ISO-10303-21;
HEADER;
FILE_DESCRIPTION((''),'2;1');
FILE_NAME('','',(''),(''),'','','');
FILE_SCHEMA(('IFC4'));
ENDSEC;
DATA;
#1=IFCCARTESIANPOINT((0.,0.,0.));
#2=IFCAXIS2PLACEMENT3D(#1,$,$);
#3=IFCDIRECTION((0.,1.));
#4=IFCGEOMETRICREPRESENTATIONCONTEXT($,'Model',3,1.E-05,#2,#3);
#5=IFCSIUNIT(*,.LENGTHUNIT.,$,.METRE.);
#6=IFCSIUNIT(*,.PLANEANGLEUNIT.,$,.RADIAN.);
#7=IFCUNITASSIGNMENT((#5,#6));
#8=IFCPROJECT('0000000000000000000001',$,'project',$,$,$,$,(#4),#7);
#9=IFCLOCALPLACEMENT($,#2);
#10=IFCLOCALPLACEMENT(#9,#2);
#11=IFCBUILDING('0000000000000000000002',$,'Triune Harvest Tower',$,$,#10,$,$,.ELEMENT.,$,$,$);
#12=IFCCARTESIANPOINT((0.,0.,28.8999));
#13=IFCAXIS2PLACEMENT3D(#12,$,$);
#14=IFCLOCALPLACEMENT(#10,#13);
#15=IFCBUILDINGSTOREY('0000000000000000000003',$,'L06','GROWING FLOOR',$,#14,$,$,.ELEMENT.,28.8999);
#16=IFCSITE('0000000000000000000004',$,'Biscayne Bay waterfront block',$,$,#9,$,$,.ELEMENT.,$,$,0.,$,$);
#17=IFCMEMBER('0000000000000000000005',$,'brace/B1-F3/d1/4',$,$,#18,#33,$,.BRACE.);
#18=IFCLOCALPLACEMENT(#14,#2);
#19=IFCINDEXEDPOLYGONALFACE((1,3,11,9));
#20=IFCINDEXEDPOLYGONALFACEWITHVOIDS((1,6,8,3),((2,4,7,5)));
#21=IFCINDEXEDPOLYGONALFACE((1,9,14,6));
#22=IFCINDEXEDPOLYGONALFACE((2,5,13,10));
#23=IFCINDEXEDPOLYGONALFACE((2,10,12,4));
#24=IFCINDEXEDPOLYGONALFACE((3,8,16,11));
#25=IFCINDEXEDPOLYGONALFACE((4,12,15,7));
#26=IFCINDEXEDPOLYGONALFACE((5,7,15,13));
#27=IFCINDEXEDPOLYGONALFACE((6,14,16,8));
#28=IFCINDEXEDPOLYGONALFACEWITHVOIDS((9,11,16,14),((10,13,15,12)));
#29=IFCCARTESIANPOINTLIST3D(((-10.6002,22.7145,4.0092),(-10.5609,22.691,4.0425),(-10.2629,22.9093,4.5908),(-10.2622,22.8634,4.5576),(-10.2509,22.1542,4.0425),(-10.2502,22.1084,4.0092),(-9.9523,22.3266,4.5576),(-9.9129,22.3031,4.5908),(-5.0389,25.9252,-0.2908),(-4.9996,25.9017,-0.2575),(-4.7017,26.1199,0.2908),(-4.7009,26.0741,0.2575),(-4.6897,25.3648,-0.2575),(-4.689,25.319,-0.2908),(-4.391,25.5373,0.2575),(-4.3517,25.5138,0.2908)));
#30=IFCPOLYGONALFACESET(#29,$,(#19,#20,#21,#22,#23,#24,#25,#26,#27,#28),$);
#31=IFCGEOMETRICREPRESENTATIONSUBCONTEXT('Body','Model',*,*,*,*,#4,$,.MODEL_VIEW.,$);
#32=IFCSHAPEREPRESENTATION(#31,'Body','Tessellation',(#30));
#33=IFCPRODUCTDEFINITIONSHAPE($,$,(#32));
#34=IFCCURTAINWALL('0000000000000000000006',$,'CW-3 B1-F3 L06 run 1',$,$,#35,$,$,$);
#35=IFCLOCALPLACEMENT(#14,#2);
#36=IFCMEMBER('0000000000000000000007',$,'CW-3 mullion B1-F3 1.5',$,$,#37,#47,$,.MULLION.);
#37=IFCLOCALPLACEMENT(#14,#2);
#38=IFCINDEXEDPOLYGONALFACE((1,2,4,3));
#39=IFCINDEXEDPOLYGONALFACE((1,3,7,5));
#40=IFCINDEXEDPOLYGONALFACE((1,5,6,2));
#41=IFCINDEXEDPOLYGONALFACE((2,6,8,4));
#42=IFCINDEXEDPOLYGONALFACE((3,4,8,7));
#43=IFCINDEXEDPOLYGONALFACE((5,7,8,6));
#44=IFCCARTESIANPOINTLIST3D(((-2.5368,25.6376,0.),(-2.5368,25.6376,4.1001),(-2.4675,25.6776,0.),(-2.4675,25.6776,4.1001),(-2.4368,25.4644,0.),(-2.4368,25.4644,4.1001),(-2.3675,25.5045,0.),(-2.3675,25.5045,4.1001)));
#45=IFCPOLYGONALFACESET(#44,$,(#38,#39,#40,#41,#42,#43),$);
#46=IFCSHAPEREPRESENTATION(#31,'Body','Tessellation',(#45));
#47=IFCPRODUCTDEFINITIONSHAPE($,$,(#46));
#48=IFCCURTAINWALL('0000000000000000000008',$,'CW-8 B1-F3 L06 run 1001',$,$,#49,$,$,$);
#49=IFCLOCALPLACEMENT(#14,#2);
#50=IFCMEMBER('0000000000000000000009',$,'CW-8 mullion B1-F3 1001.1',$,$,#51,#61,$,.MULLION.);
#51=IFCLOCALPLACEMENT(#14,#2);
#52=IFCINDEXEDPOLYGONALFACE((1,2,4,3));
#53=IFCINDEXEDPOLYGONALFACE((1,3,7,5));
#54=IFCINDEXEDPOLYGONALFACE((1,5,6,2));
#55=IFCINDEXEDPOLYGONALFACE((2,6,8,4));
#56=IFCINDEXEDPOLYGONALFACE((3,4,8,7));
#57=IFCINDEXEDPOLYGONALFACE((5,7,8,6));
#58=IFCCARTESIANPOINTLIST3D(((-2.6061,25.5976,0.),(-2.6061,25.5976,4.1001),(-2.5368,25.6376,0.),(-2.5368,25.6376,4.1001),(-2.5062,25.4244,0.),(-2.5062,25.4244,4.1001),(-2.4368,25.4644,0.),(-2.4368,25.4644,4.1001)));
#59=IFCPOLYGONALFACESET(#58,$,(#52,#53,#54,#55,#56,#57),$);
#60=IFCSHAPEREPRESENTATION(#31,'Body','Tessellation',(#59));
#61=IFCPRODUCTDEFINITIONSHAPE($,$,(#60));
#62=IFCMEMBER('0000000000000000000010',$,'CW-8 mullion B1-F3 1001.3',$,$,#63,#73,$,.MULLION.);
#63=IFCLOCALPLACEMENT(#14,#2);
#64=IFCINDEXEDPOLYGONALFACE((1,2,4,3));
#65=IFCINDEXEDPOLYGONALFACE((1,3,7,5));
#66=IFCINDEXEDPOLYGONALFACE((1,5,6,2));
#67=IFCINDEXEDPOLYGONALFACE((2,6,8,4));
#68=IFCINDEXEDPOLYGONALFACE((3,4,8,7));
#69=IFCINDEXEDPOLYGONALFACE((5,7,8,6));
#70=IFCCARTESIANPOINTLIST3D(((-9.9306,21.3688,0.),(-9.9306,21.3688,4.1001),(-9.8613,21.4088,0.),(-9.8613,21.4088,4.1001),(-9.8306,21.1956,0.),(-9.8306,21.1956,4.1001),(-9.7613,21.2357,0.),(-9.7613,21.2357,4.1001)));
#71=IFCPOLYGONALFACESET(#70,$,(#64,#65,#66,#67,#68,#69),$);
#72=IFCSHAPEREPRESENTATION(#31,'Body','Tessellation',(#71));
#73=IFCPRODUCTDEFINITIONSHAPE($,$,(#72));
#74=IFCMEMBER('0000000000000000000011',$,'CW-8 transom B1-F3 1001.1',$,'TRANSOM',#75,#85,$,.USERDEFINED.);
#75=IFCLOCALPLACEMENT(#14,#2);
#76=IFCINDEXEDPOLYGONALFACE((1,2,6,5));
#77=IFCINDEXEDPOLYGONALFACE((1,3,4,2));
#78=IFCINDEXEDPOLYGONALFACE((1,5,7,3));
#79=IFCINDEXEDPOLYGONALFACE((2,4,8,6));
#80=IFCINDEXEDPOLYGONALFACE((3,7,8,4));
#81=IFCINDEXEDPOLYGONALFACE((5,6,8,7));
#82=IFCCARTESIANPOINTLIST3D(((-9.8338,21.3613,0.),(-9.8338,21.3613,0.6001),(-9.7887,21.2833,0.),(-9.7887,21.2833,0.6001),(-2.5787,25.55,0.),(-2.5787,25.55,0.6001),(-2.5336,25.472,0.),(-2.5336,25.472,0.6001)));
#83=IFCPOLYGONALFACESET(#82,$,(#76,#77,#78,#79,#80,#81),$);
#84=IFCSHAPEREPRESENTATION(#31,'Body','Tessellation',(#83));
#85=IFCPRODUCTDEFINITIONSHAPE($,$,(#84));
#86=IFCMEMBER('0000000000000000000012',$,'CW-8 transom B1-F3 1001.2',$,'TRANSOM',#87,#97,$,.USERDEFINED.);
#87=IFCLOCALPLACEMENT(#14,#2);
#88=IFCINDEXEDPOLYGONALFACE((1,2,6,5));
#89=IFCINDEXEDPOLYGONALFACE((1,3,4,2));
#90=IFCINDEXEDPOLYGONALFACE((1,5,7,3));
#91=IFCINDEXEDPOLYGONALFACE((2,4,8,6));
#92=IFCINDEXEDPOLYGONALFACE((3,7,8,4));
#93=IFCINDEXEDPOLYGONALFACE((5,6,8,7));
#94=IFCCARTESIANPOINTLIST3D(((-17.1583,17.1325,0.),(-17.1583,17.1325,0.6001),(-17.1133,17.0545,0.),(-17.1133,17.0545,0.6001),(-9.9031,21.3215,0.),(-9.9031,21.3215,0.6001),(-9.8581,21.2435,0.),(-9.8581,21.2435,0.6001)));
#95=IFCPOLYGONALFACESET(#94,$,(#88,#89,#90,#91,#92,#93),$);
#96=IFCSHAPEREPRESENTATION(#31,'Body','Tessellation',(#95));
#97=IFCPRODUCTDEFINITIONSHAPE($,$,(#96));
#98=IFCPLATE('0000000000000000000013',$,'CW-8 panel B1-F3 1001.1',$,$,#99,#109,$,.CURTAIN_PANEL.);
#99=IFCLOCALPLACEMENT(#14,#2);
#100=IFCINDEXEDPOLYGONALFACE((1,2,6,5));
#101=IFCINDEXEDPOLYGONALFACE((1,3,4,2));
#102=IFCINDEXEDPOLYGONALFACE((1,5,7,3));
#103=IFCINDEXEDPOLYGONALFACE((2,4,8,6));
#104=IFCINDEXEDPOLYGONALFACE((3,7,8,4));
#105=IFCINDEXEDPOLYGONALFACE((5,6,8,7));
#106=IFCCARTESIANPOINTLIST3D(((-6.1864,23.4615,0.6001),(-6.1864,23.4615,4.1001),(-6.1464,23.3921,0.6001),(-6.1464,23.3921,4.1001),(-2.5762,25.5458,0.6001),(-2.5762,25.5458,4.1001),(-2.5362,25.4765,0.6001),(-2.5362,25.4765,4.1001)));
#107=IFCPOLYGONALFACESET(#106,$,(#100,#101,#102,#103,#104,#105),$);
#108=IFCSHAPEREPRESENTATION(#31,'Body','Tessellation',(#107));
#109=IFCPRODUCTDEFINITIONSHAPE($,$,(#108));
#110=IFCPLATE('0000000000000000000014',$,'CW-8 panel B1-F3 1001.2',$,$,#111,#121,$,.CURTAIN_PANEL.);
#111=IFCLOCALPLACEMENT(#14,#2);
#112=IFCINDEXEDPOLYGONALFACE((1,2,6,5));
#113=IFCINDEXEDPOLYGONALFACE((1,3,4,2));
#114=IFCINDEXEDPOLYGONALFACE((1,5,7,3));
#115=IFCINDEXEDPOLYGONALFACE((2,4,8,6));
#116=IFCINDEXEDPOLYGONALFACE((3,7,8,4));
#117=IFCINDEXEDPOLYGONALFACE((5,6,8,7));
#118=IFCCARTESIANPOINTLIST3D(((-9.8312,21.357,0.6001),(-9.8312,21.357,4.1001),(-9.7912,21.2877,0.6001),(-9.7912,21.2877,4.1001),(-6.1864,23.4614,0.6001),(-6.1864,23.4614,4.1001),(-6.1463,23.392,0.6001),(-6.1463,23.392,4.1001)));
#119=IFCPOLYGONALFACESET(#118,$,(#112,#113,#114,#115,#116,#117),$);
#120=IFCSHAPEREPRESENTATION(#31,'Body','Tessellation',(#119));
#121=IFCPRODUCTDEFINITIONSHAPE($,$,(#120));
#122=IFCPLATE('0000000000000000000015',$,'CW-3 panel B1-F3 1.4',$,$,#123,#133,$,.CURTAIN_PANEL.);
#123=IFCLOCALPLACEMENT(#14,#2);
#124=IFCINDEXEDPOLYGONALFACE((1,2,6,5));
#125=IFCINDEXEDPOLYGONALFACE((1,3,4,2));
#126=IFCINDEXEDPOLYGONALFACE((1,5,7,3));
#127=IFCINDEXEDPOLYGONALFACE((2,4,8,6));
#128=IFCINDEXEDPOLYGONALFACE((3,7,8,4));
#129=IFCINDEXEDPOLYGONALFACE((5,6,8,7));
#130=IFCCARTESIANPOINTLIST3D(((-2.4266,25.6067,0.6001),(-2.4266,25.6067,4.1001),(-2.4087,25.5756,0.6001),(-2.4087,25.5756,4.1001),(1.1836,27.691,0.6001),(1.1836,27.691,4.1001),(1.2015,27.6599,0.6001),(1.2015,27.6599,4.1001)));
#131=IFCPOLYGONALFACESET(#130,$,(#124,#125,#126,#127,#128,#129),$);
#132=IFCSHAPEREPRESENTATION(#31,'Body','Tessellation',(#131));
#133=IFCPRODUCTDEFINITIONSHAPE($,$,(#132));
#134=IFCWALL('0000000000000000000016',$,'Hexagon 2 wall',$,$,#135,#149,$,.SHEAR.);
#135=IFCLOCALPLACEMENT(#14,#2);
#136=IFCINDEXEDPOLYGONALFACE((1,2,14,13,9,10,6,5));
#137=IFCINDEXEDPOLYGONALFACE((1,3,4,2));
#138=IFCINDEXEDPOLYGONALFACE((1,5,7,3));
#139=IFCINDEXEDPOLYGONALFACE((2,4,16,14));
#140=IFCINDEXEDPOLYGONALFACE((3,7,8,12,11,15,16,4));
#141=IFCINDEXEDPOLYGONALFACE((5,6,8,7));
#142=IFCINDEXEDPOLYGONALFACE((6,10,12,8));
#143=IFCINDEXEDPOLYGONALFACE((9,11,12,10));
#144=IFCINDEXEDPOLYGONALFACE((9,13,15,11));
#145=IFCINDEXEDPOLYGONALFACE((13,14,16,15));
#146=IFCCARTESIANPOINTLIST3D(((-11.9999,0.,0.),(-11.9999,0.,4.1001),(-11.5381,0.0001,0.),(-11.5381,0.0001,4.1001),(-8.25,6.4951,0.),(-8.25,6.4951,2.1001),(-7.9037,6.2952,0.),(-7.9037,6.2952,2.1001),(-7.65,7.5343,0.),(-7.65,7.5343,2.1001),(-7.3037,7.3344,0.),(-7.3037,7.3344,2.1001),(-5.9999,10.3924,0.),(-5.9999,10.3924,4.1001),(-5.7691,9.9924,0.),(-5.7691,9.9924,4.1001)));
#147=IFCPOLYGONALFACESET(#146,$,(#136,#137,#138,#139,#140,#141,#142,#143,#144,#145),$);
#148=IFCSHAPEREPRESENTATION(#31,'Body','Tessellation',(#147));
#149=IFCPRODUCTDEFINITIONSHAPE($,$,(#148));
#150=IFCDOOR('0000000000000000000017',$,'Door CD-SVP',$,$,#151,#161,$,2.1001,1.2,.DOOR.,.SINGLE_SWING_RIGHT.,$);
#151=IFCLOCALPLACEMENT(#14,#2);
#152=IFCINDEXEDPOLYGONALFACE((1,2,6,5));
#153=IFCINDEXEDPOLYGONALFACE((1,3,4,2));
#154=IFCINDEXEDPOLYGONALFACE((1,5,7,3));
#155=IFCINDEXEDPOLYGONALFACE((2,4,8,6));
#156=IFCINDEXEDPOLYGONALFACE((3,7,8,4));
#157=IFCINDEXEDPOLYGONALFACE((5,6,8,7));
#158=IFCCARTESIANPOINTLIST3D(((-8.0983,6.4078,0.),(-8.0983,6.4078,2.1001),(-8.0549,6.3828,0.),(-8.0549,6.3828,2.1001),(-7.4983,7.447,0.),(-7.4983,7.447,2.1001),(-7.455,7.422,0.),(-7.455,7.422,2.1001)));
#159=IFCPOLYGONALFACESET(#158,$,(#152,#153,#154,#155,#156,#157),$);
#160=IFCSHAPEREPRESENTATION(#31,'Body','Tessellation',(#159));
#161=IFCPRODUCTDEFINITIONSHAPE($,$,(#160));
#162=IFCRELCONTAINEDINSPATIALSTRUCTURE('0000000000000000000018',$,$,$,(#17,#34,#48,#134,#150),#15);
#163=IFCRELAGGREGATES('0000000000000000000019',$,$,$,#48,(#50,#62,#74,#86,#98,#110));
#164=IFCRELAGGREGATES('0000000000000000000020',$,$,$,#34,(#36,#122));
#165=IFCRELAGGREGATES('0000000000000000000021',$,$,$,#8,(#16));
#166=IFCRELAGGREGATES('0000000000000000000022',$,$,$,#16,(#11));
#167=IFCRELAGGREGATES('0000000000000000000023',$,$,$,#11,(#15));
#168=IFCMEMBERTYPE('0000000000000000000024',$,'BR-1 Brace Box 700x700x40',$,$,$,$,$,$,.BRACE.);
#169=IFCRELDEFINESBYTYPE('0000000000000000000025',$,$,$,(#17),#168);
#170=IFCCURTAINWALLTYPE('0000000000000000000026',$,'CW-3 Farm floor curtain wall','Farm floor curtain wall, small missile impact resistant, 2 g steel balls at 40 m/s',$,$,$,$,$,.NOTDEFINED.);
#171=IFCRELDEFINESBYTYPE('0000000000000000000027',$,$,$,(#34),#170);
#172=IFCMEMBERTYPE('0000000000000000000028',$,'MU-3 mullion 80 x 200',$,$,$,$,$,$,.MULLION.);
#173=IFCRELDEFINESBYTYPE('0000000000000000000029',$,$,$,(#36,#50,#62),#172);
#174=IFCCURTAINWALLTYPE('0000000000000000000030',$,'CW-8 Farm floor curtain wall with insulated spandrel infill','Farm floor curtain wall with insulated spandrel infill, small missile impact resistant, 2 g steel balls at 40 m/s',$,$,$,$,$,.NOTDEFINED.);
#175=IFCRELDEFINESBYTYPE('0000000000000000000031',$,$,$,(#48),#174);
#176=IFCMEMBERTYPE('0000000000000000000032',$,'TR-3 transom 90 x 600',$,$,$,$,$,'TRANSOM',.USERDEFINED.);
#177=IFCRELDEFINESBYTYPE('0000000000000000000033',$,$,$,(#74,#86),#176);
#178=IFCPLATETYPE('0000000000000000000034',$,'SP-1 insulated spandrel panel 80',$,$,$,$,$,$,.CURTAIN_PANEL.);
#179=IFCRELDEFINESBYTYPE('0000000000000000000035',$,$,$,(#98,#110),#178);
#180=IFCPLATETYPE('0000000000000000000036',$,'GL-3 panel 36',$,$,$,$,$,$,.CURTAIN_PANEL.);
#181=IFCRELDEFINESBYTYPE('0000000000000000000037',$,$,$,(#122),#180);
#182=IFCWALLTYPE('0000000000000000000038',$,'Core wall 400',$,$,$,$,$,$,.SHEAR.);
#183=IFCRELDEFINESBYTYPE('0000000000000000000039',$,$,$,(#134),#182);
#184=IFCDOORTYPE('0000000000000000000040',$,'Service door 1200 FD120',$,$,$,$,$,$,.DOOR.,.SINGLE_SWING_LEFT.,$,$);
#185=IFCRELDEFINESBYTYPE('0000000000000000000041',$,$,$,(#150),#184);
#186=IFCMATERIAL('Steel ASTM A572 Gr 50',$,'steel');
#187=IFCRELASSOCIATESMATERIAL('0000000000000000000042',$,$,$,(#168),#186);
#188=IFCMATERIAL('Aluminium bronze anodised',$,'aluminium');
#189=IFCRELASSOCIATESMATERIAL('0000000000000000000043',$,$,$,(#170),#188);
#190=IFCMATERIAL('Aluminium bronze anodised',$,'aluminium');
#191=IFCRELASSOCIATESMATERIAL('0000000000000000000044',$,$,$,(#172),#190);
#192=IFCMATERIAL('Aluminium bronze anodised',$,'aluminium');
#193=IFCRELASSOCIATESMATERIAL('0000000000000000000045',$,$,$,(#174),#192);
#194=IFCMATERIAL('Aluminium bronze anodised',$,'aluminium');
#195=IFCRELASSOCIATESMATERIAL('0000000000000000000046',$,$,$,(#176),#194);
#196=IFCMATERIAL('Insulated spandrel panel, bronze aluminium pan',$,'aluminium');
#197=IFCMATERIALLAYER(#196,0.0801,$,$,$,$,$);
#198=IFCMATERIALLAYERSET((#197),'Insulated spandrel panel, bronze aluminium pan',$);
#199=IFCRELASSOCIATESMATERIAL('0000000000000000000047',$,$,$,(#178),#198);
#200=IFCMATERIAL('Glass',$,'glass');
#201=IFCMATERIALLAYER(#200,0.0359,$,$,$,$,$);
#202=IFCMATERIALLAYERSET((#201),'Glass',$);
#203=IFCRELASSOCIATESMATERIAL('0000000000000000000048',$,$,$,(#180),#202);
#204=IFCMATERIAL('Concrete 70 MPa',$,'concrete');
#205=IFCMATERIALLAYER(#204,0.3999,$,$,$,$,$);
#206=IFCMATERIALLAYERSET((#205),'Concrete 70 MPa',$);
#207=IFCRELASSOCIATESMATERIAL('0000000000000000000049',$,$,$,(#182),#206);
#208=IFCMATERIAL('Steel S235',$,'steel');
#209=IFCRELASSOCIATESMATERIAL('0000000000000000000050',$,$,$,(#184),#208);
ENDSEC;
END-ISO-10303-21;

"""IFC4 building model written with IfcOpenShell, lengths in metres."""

from ifc_helpers import new_model, si_unit, direction, frame, frame_2d, origin, origin_2d, place, context, subcontext, project, spatial, polyline, rectangle, hollow_rectangle, outline, extrude, source, transform, mapped, material, layer, layer_set, material_profile, profile_set, type_object, element, fill, aggregate, save


model = new_model("IFC4")

# Units and contexts
model_context = context("Model", 3, precision=1e-05, world=origin(), true_north=direction((0.0, 1.0)))
body_context = subcontext(model_context, "Body", "Model", "MODEL_VIEW")
ifc_project = project(units=[si_unit("LENGTHUNIT", "METRE"), si_unit("PLANEANGLEUNIT", "RADIAN")], contexts=[model_context])

# Site, building, storey
site_placement = place(None, origin())
site = spatial("IfcSite", under=ifc_project, at=site_placement, Name="Biscayne Bay waterfront block", CompositionType="ELEMENT", RefElevation=0.0)
building_placement = place(site_placement, origin())
building = spatial("IfcBuilding", under=site, at=building_placement, Name="Triune Harvest Tower", CompositionType="ELEMENT")
storey_placement = place(building_placement, frame((0.0, 0.0, 28.8999)))
storey = spatial("IfcBuildingStorey", under=building, at=storey_placement, Name="L06", Description="GROWING FLOOR", CompositionType="ELEMENT", Elevation=28.8999)

# Member
ifc_material_1 = material(Name="Steel ASTM A572 Gr 50", Category="steel")
ifc_material_profile_1 = material_profile(ifc_material_1, hollow_rectangle(XDim=0.7, YDim=0.7, WallThickness=0.04, at=origin_2d()), Name="Box 700x700x40")
ifc_profile_set_1 = profile_set([ifc_material_profile_1], Name="Steel ASTM A572 Gr 50")
member_type_1 = type_object("IfcMemberType", Name="BR-1 Brace Box 700x700x40", PredefinedType="BRACE", material=ifc_profile_set_1)
shared_shape_1 = source(origin(), body_context, "Body", "SweptSolid", [
    extrude(hollow_rectangle(XDim=0.7, YDim=0.7, WallThickness=0.04, at=origin_2d()), origin(), (0.0, 0.0, 1.0), 7.7283),
])
member_1_placement = place(storey_placement, frame((-4.6953, 25.7195, 0.0), z_axis=(-0.719598, -0.415446, 0.556402), x_axis=(0.499987, -0.866033, 0.0)))
element("IfcMember", 1, at=member_1_placement, inside=storey, type_object=member_type_1, Name="brace/B1-F3/d1/4", PredefinedType="BRACE", context=body_context, shape_type="MappedRepresentation", body=[
    mapped(shared_shape_1, transform((0.0, 0.0, 0.0), scale=1.0)),
])

# Curtain wall, member
ifc_material_2 = material(Name="Aluminium bronze anodised", Category="aluminium")
curtain_wall_type_1 = type_object("IfcCurtainWallType", Name="CW-3 Farm floor curtain wall", Description="Farm floor curtain wall, small missile impact resistant, 2 g steel balls at 40 m/s", PredefinedType="NOTDEFINED", material=ifc_material_2)
curtain_wall_1_placement = place(storey_placement, origin())
curtain_wall_1 = element("IfcCurtainWall", 2, at=curtain_wall_1_placement, inside=storey, type_object=curtain_wall_type_1, Name="CW-3 B1-F3 L06 run 1")
ifc_material_3 = material(Name="Aluminium bronze anodised", Category="aluminium")
ifc_material_profile_2 = material_profile(ifc_material_3, rectangle(XDim=0.2, YDim=0.0801, at=origin_2d()), Name="MU-3 mullion 80 x 200")
ifc_profile_set_2 = profile_set([ifc_material_profile_2], Name="Aluminium bronze anodised")
member_type_2 = type_object("IfcMemberType", Name="MU-3 mullion 80 x 200", PredefinedType="MULLION", material=ifc_profile_set_2)
shared_shape_2 = source(origin(), body_context, "Body", "SweptSolid", [
    extrude(rectangle(XDim=0.2, YDim=0.0801, at=origin_2d()), origin(), (0.0, 0.0, 1.0), 4.1001),
])
member_2_placement = place(storey_placement, frame((-2.4521, 25.571, 0.0), z_axis=(0.0, 0.0, 1.0), x_axis=(0.500001, -0.866025, 0.0)))
member_2 = element("IfcMember", 3, at=member_2_placement, type_object=member_type_2, Name="CW-3 mullion B1-F3 1.5", PredefinedType="MULLION", context=body_context, shape_type="MappedRepresentation", body=[
    mapped(shared_shape_2, transform((0.0, 0.0, 0.0), scale=1.0)),
])

# Curtain wall, members, plates
ifc_material_4 = material(Name="Aluminium bronze anodised", Category="aluminium")
curtain_wall_type_2 = type_object("IfcCurtainWallType", Name="CW-8 Farm floor curtain wall with insulated spandrel infill", Description="Farm floor curtain wall with insulated spandrel infill, small missile impact resistant, 2 g steel balls at 40 m/s", PredefinedType="NOTDEFINED", material=ifc_material_4)
curtain_wall_2_placement = place(storey_placement, origin())
curtain_wall_2 = element("IfcCurtainWall", 4, at=curtain_wall_2_placement, inside=storey, type_object=curtain_wall_type_2, Name="CW-8 B1-F3 L06 run 1001")
member_3_placement = place(storey_placement, frame((-2.5215, 25.531, 0.0), z_axis=(0.0, 0.0, 1.0), x_axis=(0.5, -0.866025, 0.0)))
member_3 = element("IfcMember", 5, at=member_3_placement, type_object=member_type_2, Name="CW-8 mullion B1-F3 1001.1", PredefinedType="MULLION", context=body_context, shape_type="MappedRepresentation", body=[
    mapped(shared_shape_2, transform((0.0, 0.0, 0.0), scale=1.0)),
])
member_4_placement = place(storey_placement, frame((-9.8459, 21.3022, 0.0), z_axis=(0.0, 0.0, 1.0), x_axis=(0.5, -0.866025, 0.0)))
member_4 = element("IfcMember", 6, at=member_4_placement, type_object=member_type_2, Name="CW-8 mullion B1-F3 1001.3", PredefinedType="MULLION", context=body_context, shape_type="MappedRepresentation", body=[
    mapped(shared_shape_2, transform((0.0, 0.0, 0.0), scale=1.0)),
])
ifc_material_5 = material(Name="Aluminium bronze anodised", Category="aluminium")
ifc_material_profile_3 = material_profile(ifc_material_5, rectangle(XDim=0.0901, YDim=0.6001, at=origin_2d()), Name="TR-3 transom 90 x 600")
ifc_profile_set_3 = profile_set([ifc_material_profile_3], Name="Aluminium bronze anodised")
member_type_3 = type_object("IfcMemberType", Name="TR-3 transom 90 x 600", ElementType="TRANSOM", PredefinedType="USERDEFINED", material=ifc_profile_set_3)
shared_shape_3 = source(origin(), body_context, "Body", "SweptSolid", [
    extrude(rectangle(XDim=0.0901, YDim=0.6001, at=origin_2d()), origin(), (0.0, 0.0, 1.0), 8.3774),
])
member_5_placement = place(storey_placement, frame((-2.5562, 25.511, 0.3), z_axis=(-0.866027, -0.499997, 0.0), x_axis=(0.499997, -0.866027, 0.0)))
member_5 = element("IfcMember", 7, at=member_5_placement, type_object=member_type_3, Name="CW-8 transom B1-F3 1001.1", ObjectType="TRANSOM", PredefinedType="USERDEFINED", context=body_context, shape_type="MappedRepresentation", body=[
    mapped(shared_shape_3, transform((0.0, 0.0, 0.0), scale=1.0)),
])
shared_shape_4 = source(origin(), body_context, "Body", "SweptSolid", [
    extrude(rectangle(XDim=0.0901, YDim=0.6001, at=origin_2d()), origin(), (0.0, 0.0, 1.0), 8.3777),
])
member_6_placement = place(storey_placement, frame((-9.8806, 21.2825, 0.3), z_axis=(-0.866014, -0.500019, 0.0), x_axis=(0.500019, -0.866014, 0.0)))
member_6 = element("IfcMember", 8, at=member_6_placement, type_object=member_type_3, Name="CW-8 transom B1-F3 1001.2", ObjectType="TRANSOM", PredefinedType="USERDEFINED", context=body_context, shape_type="MappedRepresentation", body=[
    mapped(shared_shape_4, transform((0.0, 0.0, 0.0), scale=1.0)),
])
ifc_material_6 = material(Name="Insulated spandrel panel, bronze aluminium pan", Category="aluminium")
ifc_layer_1 = layer(ifc_material_6, 0.0801)
ifc_layer_set_1 = layer_set([ifc_layer_1], Name="Insulated spandrel panel, bronze aluminium pan")
plate_type_1 = type_object("IfcPlateType", Name="SP-1 insulated spandrel panel 80", PredefinedType="CURTAIN_PANEL", material=ifc_layer_set_1)
shared_shape_5 = source(origin(), body_context, "Body", "SweptSolid", [
    extrude(rectangle(XDim=4.1687, YDim=0.0801, at=origin_2d()), origin(), (0.0, 0.0, 1.0), 3.5),
])
plate_1_placement = place(storey_placement, frame((-4.3613, 24.469, 0.6001), z_axis=(0.0, 0.0, 1.0), x_axis=(-0.866025, -0.5, 0.0)))
plate_1 = element("IfcPlate", 9, at=plate_1_placement, type_object=plate_type_1, Name="CW-8 panel B1-F3 1001.1", PredefinedType="CURTAIN_PANEL", context=body_context, shape_type="MappedRepresentation", body=[
    mapped(shared_shape_5, transform((0.0, 0.0, 0.0), scale=1.0)),
])
shared_shape_6 = source(origin(), body_context, "Body", "SweptSolid", [
    extrude(rectangle(XDim=4.2087, YDim=0.0801, at=origin_2d()), origin(), (0.0, 0.0, 1.0), 3.5),
])
plate_2_placement = place(storey_placement, frame((-7.9888, 22.3745, 0.6001), z_axis=(0.0, 0.0, 1.0), x_axis=(-0.866025, -0.5, 0.0)))
plate_2 = element("IfcPlate", 10, at=plate_2_placement, type_object=plate_type_1, Name="CW-8 panel B1-F3 1001.2", PredefinedType="CURTAIN_PANEL", context=body_context, shape_type="MappedRepresentation", body=[
    mapped(shared_shape_6, transform((0.0, 0.0, 0.0), scale=1.0)),
])
aggregate(curtain_wall_2, [member_3, member_4, member_5, member_6, plate_1, plate_2])

# Plate
ifc_material_7 = material(Name="Glass", Category="glass")
ifc_layer_2 = layer(ifc_material_7, 0.0359)
ifc_layer_set_2 = layer_set([ifc_layer_2], Name="Glass")
plate_type_2 = type_object("IfcPlateType", Name="GL-3 panel 36", PredefinedType="CURTAIN_PANEL", material=ifc_layer_set_2)
shared_shape_7 = source(origin(), body_context, "Body", "SweptSolid", [
    extrude(rectangle(XDim=4.1687, YDim=0.0359, at=origin_2d()), origin(), (0.0, 0.0, 1.0), 3.5),
])
plate_3_placement = place(storey_placement, frame((-0.6125, 26.6333, 0.6001), z_axis=(0.0, 0.0, 1.0), x_axis=(-0.866025, -0.500001, 0.0)))
plate_3 = element("IfcPlate", 11, at=plate_3_placement, type_object=plate_type_2, Name="CW-3 panel B1-F3 1.4", PredefinedType="CURTAIN_PANEL", context=body_context, shape_type="MappedRepresentation", body=[
    mapped(shared_shape_7, transform((0.0, 0.0, 0.0), scale=1.0)),
])
aggregate(curtain_wall_1, [member_2, plate_3])

# Wall, opening, door
ifc_material_8 = material(Name="Concrete 70 MPa", Category="concrete")
ifc_layer_3 = layer(ifc_material_8, 0.3999)
ifc_layer_set_3 = layer_set([ifc_layer_3], Name="Concrete 70 MPa")
wall_type_1 = type_object("IfcWallType", Name="Core wall 400", PredefinedType="SHEAR", material=ifc_layer_set_3)
shared_shape_8 = source(origin(), body_context, "Body", "SweptSolid", [
    extrude(outline(polyline([(-0.1155, -0.2), (11.8845, -0.2), (11.6536, 0.2), (0.1155, 0.2), (-0.1155, -0.2)])), origin(), (0.0, 0.0, 1.0), 4.1001),
])
wall_1_placement = place(storey_placement, frame((-5.8845, 10.1924, 0.0), z_axis=(0.0, 0.0, 1.0), x_axis=(-0.499997, -0.866027, 0.0)))
wall_1 = element("IfcWall", 12, at=wall_1_placement, inside=storey, type_object=wall_type_1, Name="Hexagon 2 wall", PredefinedType="SHEAR", context=body_context, shape_type="MappedRepresentation", body=[
    mapped(shared_shape_8, transform((0.0, 0.0, 0.0), scale=1.0)),
])
opening_1_placement = place(wall_1_placement, frame((3.1846, 0.0, 0.0)))
opening_1 = element("IfcOpeningElement", 13, at=opening_1_placement, cuts=wall_1, PredefinedType="OPENING", context=body_context, shape_type="SweptSolid", body=[
    extrude(rectangle(XDim=1.2, YDim=2.1001, at=frame_2d((0.6001, 1.05))), frame((0.0, 0.21, 0.0), z_axis=(0.0, -1.0, 0.0), x_axis=(1.0, 0.0, 0.0)), (0.0, 0.0, 1.0), 0.4199),
])
ifc_material_9 = material(Name="Steel S235", Category="steel")
door_type_1 = type_object("IfcDoorType", Name="Service door 1200 FD120", OperationType="SINGLE_SWING_LEFT", PredefinedType="DOOR", material=ifc_material_9)
door_1_placement = place(opening_1_placement, frame((1.2, 0.0, 0.0), z_axis=(0.0, 0.0, 1.0), x_axis=(-1.0, 0.0, 0.0)))
door_1 = element("IfcDoor", 14, at=door_1_placement, inside=storey, type_object=door_type_1, Name="Door CD-SVP", OperationType="SINGLE_SWING_RIGHT", OverallHeight=2.1001, OverallWidth=1.2, PredefinedType="DOOR", context=body_context, shape_type="SweptSolid", body=[
    extrude(rectangle(XDim=1.2, YDim=2.1001, at=frame_2d((0.6001, 1.05))), frame((0.0, 0.0249, 0.0), z_axis=(0.0, -1.0, 0.0), x_axis=(1.0, 0.0, 0.0)), (0.0, 0.0, 1.0), 0.05),
])
fill(opening_1, door_1)

save(model, "model.ifc")
